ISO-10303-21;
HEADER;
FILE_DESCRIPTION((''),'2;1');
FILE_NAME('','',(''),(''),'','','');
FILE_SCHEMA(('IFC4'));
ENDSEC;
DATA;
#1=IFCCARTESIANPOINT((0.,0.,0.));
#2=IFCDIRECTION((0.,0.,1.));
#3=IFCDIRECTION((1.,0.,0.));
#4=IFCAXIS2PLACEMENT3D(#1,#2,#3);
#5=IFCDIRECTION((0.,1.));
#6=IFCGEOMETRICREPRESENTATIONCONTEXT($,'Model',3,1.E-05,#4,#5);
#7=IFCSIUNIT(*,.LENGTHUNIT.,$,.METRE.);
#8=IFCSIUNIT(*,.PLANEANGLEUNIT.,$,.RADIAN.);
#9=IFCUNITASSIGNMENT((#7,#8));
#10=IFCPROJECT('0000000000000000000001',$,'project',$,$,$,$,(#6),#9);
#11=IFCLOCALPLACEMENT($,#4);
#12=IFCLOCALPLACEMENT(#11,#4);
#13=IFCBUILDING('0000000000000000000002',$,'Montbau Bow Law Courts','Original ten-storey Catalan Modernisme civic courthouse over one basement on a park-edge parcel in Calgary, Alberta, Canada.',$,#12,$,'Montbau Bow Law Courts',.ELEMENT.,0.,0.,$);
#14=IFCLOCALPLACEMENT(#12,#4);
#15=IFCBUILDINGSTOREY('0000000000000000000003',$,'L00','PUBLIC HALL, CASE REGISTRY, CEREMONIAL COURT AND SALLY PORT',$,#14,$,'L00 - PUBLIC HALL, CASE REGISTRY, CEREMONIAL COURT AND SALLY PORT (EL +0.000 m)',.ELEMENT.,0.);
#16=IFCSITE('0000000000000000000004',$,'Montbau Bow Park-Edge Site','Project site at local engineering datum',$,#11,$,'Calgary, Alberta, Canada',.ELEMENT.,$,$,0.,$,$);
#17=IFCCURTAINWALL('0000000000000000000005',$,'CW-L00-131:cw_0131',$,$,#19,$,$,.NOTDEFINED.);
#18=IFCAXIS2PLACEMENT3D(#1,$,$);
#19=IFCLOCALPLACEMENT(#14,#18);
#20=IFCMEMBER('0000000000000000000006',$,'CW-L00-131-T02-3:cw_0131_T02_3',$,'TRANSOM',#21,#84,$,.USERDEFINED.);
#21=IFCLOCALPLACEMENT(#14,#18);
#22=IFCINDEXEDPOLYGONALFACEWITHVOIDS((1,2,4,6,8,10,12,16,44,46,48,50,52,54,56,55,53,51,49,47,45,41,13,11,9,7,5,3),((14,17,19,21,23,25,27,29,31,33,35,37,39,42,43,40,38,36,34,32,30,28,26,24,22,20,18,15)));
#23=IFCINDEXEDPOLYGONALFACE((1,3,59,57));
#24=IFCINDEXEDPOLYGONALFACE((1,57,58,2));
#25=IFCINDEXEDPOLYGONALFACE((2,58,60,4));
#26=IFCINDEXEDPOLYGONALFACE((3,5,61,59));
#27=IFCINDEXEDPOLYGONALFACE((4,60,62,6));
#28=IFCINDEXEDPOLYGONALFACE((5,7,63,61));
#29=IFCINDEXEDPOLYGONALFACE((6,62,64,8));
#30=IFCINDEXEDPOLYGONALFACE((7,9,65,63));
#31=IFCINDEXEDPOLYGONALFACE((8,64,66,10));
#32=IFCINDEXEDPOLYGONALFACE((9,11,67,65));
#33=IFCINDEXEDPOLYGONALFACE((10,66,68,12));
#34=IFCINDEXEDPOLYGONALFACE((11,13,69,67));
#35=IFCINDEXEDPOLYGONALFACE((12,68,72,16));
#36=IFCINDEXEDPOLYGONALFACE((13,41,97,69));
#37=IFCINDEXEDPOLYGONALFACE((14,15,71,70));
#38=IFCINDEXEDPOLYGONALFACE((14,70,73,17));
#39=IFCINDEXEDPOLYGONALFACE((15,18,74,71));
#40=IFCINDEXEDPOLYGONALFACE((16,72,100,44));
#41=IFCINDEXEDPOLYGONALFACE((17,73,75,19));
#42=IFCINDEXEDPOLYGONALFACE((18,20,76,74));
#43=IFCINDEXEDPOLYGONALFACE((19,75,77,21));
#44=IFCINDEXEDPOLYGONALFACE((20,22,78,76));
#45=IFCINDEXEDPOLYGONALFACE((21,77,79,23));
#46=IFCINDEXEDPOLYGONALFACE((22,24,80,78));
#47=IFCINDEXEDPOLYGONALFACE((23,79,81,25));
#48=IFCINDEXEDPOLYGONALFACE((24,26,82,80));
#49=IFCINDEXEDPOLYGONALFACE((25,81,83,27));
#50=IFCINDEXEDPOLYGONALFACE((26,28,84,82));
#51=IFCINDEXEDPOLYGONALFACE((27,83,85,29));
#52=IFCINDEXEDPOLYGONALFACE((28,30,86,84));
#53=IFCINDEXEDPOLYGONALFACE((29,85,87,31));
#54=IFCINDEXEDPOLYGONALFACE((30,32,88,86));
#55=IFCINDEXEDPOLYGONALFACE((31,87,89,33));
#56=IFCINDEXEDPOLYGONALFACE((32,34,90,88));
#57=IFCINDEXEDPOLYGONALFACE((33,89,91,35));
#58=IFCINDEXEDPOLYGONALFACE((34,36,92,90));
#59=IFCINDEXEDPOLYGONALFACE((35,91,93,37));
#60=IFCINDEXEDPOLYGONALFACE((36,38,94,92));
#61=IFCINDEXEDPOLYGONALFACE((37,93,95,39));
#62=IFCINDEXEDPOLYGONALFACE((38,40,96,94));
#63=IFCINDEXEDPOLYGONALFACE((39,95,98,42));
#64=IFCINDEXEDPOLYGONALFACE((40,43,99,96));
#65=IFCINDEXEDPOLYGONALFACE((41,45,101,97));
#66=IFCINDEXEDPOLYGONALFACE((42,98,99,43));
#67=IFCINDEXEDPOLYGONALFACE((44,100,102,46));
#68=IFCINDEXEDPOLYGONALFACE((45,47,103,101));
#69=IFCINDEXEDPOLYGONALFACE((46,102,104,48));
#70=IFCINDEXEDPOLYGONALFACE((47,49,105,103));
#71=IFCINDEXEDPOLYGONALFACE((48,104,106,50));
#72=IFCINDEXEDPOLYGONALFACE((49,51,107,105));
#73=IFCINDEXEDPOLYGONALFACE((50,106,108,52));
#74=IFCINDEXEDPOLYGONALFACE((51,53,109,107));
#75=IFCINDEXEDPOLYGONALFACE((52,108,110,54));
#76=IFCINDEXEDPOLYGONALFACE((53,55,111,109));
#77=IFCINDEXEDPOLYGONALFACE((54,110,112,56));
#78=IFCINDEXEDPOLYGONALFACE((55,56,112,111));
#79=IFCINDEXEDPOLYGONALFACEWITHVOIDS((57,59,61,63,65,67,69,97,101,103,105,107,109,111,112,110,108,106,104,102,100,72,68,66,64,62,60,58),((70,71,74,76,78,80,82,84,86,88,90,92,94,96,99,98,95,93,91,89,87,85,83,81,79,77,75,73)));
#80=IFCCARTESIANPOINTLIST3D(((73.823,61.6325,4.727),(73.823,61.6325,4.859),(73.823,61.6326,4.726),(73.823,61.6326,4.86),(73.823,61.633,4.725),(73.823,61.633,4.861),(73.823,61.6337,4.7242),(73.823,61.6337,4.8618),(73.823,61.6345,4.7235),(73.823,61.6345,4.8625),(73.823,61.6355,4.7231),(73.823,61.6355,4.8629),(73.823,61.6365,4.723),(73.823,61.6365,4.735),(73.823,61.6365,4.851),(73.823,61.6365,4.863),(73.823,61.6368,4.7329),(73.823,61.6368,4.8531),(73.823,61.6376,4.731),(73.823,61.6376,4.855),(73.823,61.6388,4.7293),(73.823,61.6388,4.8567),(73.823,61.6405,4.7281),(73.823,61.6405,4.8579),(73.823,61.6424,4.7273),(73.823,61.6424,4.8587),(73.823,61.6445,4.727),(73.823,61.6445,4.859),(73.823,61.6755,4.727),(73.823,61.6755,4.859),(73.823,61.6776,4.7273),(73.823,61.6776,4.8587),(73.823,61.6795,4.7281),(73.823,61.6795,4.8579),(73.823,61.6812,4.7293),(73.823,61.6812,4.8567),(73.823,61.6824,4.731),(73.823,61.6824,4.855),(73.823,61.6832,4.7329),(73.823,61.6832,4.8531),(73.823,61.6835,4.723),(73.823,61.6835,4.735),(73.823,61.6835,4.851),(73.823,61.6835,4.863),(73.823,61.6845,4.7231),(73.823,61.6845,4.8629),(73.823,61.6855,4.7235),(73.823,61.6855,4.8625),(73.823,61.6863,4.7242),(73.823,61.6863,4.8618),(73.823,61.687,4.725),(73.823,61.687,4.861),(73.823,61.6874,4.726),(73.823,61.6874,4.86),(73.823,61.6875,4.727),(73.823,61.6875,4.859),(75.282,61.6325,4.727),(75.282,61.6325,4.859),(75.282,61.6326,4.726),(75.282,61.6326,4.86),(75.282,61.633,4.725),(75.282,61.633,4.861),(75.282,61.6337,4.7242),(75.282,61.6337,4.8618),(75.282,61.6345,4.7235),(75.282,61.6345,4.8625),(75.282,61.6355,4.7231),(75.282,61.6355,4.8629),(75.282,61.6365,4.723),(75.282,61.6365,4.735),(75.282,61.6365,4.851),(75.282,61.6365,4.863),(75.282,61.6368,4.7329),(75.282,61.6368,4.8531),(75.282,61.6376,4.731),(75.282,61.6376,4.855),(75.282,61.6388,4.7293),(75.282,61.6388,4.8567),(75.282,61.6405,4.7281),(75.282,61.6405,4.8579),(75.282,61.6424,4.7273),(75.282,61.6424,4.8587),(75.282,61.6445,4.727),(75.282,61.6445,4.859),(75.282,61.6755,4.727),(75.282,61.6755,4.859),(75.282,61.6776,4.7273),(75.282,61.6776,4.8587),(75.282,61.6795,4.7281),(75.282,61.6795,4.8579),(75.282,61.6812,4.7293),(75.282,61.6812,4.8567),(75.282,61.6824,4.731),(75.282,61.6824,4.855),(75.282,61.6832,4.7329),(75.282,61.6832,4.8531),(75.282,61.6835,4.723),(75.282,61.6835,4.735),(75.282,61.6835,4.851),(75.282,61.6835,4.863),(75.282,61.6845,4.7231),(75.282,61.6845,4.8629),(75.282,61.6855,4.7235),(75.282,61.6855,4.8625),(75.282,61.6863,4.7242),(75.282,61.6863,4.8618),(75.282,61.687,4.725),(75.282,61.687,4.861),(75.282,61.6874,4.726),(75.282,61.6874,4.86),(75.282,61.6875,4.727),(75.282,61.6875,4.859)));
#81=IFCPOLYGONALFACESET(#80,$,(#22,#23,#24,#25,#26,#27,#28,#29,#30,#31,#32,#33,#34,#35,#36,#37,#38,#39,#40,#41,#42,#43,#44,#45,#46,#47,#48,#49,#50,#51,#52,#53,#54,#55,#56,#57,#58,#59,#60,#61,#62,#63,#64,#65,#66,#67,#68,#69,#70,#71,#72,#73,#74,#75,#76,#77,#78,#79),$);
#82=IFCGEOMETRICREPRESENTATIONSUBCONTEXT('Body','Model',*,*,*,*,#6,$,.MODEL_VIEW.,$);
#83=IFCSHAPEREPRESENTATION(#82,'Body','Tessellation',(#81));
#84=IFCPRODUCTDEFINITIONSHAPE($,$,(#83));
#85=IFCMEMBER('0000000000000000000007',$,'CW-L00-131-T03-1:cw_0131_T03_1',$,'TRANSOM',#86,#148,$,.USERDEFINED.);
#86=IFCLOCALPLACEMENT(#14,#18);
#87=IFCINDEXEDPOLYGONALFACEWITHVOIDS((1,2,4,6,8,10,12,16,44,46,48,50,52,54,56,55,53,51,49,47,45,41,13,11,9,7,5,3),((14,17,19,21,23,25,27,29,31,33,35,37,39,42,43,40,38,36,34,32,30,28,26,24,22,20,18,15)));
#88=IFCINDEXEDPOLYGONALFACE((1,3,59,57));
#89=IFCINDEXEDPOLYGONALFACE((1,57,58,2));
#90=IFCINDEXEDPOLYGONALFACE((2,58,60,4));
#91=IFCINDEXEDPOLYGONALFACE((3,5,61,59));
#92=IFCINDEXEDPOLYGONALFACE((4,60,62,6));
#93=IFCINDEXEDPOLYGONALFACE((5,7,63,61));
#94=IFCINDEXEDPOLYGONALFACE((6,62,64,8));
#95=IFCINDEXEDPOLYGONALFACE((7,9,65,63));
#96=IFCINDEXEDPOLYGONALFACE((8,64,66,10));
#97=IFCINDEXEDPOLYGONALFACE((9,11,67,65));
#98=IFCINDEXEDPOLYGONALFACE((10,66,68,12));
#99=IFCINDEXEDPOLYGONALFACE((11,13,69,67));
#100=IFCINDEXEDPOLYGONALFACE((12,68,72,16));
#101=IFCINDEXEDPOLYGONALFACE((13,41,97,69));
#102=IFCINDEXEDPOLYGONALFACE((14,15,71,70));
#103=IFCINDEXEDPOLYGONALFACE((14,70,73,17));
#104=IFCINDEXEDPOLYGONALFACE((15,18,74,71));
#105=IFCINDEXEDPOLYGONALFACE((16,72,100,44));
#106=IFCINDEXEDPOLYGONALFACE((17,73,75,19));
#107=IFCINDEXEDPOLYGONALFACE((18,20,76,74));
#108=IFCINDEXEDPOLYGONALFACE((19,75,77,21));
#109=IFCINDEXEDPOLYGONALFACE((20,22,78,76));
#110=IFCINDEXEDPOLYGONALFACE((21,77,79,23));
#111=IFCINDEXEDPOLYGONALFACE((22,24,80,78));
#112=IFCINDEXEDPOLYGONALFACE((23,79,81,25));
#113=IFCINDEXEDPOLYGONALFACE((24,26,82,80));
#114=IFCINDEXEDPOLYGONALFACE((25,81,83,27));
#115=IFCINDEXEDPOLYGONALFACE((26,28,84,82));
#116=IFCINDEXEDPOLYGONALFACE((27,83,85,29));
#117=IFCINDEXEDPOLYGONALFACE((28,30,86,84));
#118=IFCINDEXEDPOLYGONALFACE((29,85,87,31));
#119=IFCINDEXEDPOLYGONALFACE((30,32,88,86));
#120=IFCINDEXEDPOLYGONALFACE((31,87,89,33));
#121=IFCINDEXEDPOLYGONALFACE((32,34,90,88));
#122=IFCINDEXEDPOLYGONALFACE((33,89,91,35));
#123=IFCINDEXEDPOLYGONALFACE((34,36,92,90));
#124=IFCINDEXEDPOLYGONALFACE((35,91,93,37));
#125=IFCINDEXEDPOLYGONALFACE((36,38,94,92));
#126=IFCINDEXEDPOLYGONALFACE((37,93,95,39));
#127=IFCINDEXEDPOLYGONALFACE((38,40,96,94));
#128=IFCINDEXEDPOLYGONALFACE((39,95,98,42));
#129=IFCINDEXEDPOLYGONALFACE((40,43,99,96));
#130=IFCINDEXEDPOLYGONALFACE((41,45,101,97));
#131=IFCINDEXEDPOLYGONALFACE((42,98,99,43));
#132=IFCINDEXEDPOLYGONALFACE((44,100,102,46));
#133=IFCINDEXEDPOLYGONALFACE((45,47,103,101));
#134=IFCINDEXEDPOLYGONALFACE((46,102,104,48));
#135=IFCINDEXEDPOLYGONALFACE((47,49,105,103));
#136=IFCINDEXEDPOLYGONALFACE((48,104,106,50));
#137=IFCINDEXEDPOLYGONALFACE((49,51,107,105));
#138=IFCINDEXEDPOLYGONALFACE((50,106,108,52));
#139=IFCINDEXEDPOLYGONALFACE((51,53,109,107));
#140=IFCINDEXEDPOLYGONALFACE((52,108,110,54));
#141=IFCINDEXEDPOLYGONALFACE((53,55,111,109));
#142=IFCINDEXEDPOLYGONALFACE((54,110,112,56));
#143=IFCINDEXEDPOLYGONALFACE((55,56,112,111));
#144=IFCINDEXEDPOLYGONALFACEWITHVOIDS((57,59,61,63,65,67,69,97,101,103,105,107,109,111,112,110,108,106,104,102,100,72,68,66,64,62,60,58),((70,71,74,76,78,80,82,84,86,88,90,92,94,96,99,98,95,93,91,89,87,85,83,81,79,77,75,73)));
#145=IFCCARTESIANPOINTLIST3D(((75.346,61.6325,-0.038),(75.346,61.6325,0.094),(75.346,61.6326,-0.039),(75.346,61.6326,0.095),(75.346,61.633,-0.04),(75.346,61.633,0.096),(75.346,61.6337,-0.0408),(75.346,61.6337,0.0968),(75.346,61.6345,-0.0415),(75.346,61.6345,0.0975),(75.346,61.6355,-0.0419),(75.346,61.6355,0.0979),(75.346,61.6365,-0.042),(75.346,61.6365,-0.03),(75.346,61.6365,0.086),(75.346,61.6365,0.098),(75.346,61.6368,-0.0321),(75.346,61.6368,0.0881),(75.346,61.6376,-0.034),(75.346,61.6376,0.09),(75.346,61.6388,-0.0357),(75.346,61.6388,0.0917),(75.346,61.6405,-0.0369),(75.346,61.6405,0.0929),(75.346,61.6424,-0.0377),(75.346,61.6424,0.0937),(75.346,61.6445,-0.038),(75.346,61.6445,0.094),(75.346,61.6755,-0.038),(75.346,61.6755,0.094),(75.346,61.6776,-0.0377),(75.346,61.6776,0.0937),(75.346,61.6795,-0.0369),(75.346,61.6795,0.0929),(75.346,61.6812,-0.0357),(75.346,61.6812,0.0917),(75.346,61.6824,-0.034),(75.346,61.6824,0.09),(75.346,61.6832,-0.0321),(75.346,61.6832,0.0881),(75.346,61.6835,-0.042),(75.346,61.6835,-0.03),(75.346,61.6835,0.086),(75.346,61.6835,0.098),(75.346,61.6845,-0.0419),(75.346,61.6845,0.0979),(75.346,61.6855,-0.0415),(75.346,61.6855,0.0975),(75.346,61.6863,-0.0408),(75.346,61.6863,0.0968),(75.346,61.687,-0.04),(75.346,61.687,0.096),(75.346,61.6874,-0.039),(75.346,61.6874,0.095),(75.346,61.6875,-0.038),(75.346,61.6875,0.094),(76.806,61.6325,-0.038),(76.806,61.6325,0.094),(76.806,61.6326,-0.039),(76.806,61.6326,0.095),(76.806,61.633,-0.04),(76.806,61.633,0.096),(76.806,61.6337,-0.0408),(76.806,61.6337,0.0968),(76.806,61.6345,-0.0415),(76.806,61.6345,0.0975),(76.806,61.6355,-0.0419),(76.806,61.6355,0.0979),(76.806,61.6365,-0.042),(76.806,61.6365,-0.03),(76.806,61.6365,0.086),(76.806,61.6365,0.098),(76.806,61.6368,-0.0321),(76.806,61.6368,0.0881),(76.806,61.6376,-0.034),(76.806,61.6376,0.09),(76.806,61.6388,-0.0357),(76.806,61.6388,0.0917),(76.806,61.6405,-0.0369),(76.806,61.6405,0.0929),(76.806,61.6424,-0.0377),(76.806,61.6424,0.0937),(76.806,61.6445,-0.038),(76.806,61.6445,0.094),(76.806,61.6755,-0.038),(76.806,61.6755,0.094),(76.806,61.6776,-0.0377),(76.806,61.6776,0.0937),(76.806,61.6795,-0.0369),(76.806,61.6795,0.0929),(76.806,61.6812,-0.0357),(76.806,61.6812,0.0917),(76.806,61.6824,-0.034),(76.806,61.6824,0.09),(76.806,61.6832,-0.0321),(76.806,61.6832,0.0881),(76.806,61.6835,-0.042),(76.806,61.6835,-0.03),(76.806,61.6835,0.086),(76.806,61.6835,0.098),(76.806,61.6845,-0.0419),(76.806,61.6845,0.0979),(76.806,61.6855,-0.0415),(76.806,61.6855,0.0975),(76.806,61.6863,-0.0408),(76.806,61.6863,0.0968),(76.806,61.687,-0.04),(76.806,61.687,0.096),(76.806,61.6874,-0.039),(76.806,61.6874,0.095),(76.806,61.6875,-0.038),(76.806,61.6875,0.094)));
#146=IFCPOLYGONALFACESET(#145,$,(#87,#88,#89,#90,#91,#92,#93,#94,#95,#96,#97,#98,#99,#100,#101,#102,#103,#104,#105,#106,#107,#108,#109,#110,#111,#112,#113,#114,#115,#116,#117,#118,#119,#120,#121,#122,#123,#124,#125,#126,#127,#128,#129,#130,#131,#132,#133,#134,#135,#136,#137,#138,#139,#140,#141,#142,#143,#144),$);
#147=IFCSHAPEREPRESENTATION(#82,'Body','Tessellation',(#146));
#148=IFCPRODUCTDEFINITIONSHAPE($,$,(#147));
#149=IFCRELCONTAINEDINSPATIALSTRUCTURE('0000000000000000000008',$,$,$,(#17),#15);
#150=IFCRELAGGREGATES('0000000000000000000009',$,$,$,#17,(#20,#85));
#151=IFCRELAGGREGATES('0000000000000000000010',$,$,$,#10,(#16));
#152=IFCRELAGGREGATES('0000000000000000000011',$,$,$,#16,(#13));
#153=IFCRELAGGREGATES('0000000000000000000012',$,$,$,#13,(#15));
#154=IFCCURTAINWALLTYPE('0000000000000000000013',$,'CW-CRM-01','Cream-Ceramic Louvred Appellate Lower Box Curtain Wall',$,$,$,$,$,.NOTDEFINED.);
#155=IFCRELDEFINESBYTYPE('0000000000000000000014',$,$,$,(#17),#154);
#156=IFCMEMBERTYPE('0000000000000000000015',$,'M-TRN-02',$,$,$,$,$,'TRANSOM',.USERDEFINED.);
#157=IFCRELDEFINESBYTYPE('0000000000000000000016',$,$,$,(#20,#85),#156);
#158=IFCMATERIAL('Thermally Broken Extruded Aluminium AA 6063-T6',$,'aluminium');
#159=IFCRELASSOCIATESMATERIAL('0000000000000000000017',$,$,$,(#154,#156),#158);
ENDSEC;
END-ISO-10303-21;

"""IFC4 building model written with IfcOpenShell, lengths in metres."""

from ifc_helpers import new_model, si_unit, direction, frame, origin_with_axes, origin_2d_with_axis, place, context, subcontext, project, spatial, hollow_rectangle, extrude, material, material_profile, profile_set, type_object, element, aggregate, save


model = new_model("IFC4")

# Units and contexts
model_context = context("Model", 3, precision=1e-05, world=origin_with_axes(), true_north=direction((0.0, 1.0)))
body_context = subcontext(model_context, "Body", "Model", "MODEL_VIEW")
ifc_project = project(units=[si_unit("LENGTHUNIT", "METRE"), si_unit("PLANEANGLEUNIT", "RADIAN")], contexts=[model_context])

# Site, building, storey
site_placement = place(None, origin_with_axes())
site = spatial("IfcSite", under=ifc_project, at=site_placement, Name="Montbau Bow Park-Edge Site", Description="Project site at local engineering datum", LongName="Calgary, Alberta, Canada", CompositionType="ELEMENT", RefElevation=0.0)
building_placement = place(site_placement, origin_with_axes())
building = spatial("IfcBuilding", under=site, at=building_placement, Name="Montbau Bow Law Courts", Description="Original ten-storey Catalan Modernisme civic courthouse over one basement on a park-edge parcel in Calgary, Alberta, Canada.", LongName="Montbau Bow Law Courts", CompositionType="ELEMENT", ElevationOfRefHeight=0.0, ElevationOfTerrain=0.0)
storey_placement = place(building_placement, origin_with_axes())
storey = spatial("IfcBuildingStorey", under=building, at=storey_placement, Name="L00", Description="PUBLIC HALL, CASE REGISTRY, CEREMONIAL COURT AND SALLY PORT", LongName="L00 - PUBLIC HALL, CASE REGISTRY, CEREMONIAL COURT AND SALLY PORT (EL +0.000 m)", CompositionType="ELEMENT", Elevation=0.0)

# Curtain wall, members
ifc_material_1 = material(Name="Thermally Broken Extruded Aluminium AA 6063-T6", Category="aluminium")
curtain_wall_type = type_object("IfcCurtainWallType", Name="CW-CRM-01", Description="Cream-Ceramic Louvred Appellate Lower Box Curtain Wall", PredefinedType="NOTDEFINED", material=ifc_material_1)
curtain_wall_placement = place(None, frame((72.267, 61.66, 0.0), z_axis=(0.0, 0.0, 1.0), x_axis=(1.0, 0.0, 0.0)))
curtain_wall = element("IfcCurtainWall", 1, at=curtain_wall_placement, inside=storey, type_object=curtain_wall_type, Name="CW-L00-131:cw_0131", PredefinedType="NOTDEFINED")
ifc_material_profile_1 = material_profile(ifc_material_1, hollow_rectangle(XDim=0.055, YDim=0.14, WallThickness=0.004, InnerFilletRadius=0.008, OuterFilletRadius=0.004, at=origin_2d_with_axis()), Name="CWT-140X55", Category="Main", Priority=0)
ifc_profile_set_1 = profile_set([ifc_material_profile_1], Name="Thermally Broken Extruded Aluminium AA 6063-T6")
member_type_1 = type_object("IfcMemberType", Name="M-TRN-02", ElementType="TRANSOM", PredefinedType="USERDEFINED", material=ifc_profile_set_1)
member_1_placement = place(None, frame((73.823, 61.66, 4.793), z_axis=(1.0, 0.0, 0.0), x_axis=(0.0, 1.0, 0.0)))
member_1 = element("IfcMember", 2, at=member_1_placement, type_object=member_type_1, Name="CW-L00-131-T02-3:cw_0131_T02_3", ObjectType="TRANSOM", PredefinedType="USERDEFINED", context=body_context, shape_type="SweptSolid", body=[
    extrude(hollow_rectangle(XDim=0.055, YDim=0.14, WallThickness=0.004, InnerFilletRadius=0.008, OuterFilletRadius=0.004, at=origin_2d_with_axis()), origin_with_axes(), (0.0, 0.0, 1.0), 1.459),
])
member_2_placement = place(None, frame((75.346, 61.66, 0.028), z_axis=(1.0, 0.0, 0.0), x_axis=(0.0, 1.0, 0.0)))
member_2 = element("IfcMember", 3, at=member_2_placement, type_object=member_type_1, Name="CW-L00-131-T03-1:cw_0131_T03_1", ObjectType="TRANSOM", PredefinedType="USERDEFINED", context=body_context, shape_type="SweptSolid", body=[
    extrude(hollow_rectangle(XDim=0.055, YDim=0.14, WallThickness=0.004, InnerFilletRadius=0.008, OuterFilletRadius=0.004, at=origin_2d_with_axis()), origin_with_axes(), (0.0, 0.0, 1.0), 1.46),
])
aggregate(curtain_wall, [member_1, member_2])

save(model, "model.ifc")
